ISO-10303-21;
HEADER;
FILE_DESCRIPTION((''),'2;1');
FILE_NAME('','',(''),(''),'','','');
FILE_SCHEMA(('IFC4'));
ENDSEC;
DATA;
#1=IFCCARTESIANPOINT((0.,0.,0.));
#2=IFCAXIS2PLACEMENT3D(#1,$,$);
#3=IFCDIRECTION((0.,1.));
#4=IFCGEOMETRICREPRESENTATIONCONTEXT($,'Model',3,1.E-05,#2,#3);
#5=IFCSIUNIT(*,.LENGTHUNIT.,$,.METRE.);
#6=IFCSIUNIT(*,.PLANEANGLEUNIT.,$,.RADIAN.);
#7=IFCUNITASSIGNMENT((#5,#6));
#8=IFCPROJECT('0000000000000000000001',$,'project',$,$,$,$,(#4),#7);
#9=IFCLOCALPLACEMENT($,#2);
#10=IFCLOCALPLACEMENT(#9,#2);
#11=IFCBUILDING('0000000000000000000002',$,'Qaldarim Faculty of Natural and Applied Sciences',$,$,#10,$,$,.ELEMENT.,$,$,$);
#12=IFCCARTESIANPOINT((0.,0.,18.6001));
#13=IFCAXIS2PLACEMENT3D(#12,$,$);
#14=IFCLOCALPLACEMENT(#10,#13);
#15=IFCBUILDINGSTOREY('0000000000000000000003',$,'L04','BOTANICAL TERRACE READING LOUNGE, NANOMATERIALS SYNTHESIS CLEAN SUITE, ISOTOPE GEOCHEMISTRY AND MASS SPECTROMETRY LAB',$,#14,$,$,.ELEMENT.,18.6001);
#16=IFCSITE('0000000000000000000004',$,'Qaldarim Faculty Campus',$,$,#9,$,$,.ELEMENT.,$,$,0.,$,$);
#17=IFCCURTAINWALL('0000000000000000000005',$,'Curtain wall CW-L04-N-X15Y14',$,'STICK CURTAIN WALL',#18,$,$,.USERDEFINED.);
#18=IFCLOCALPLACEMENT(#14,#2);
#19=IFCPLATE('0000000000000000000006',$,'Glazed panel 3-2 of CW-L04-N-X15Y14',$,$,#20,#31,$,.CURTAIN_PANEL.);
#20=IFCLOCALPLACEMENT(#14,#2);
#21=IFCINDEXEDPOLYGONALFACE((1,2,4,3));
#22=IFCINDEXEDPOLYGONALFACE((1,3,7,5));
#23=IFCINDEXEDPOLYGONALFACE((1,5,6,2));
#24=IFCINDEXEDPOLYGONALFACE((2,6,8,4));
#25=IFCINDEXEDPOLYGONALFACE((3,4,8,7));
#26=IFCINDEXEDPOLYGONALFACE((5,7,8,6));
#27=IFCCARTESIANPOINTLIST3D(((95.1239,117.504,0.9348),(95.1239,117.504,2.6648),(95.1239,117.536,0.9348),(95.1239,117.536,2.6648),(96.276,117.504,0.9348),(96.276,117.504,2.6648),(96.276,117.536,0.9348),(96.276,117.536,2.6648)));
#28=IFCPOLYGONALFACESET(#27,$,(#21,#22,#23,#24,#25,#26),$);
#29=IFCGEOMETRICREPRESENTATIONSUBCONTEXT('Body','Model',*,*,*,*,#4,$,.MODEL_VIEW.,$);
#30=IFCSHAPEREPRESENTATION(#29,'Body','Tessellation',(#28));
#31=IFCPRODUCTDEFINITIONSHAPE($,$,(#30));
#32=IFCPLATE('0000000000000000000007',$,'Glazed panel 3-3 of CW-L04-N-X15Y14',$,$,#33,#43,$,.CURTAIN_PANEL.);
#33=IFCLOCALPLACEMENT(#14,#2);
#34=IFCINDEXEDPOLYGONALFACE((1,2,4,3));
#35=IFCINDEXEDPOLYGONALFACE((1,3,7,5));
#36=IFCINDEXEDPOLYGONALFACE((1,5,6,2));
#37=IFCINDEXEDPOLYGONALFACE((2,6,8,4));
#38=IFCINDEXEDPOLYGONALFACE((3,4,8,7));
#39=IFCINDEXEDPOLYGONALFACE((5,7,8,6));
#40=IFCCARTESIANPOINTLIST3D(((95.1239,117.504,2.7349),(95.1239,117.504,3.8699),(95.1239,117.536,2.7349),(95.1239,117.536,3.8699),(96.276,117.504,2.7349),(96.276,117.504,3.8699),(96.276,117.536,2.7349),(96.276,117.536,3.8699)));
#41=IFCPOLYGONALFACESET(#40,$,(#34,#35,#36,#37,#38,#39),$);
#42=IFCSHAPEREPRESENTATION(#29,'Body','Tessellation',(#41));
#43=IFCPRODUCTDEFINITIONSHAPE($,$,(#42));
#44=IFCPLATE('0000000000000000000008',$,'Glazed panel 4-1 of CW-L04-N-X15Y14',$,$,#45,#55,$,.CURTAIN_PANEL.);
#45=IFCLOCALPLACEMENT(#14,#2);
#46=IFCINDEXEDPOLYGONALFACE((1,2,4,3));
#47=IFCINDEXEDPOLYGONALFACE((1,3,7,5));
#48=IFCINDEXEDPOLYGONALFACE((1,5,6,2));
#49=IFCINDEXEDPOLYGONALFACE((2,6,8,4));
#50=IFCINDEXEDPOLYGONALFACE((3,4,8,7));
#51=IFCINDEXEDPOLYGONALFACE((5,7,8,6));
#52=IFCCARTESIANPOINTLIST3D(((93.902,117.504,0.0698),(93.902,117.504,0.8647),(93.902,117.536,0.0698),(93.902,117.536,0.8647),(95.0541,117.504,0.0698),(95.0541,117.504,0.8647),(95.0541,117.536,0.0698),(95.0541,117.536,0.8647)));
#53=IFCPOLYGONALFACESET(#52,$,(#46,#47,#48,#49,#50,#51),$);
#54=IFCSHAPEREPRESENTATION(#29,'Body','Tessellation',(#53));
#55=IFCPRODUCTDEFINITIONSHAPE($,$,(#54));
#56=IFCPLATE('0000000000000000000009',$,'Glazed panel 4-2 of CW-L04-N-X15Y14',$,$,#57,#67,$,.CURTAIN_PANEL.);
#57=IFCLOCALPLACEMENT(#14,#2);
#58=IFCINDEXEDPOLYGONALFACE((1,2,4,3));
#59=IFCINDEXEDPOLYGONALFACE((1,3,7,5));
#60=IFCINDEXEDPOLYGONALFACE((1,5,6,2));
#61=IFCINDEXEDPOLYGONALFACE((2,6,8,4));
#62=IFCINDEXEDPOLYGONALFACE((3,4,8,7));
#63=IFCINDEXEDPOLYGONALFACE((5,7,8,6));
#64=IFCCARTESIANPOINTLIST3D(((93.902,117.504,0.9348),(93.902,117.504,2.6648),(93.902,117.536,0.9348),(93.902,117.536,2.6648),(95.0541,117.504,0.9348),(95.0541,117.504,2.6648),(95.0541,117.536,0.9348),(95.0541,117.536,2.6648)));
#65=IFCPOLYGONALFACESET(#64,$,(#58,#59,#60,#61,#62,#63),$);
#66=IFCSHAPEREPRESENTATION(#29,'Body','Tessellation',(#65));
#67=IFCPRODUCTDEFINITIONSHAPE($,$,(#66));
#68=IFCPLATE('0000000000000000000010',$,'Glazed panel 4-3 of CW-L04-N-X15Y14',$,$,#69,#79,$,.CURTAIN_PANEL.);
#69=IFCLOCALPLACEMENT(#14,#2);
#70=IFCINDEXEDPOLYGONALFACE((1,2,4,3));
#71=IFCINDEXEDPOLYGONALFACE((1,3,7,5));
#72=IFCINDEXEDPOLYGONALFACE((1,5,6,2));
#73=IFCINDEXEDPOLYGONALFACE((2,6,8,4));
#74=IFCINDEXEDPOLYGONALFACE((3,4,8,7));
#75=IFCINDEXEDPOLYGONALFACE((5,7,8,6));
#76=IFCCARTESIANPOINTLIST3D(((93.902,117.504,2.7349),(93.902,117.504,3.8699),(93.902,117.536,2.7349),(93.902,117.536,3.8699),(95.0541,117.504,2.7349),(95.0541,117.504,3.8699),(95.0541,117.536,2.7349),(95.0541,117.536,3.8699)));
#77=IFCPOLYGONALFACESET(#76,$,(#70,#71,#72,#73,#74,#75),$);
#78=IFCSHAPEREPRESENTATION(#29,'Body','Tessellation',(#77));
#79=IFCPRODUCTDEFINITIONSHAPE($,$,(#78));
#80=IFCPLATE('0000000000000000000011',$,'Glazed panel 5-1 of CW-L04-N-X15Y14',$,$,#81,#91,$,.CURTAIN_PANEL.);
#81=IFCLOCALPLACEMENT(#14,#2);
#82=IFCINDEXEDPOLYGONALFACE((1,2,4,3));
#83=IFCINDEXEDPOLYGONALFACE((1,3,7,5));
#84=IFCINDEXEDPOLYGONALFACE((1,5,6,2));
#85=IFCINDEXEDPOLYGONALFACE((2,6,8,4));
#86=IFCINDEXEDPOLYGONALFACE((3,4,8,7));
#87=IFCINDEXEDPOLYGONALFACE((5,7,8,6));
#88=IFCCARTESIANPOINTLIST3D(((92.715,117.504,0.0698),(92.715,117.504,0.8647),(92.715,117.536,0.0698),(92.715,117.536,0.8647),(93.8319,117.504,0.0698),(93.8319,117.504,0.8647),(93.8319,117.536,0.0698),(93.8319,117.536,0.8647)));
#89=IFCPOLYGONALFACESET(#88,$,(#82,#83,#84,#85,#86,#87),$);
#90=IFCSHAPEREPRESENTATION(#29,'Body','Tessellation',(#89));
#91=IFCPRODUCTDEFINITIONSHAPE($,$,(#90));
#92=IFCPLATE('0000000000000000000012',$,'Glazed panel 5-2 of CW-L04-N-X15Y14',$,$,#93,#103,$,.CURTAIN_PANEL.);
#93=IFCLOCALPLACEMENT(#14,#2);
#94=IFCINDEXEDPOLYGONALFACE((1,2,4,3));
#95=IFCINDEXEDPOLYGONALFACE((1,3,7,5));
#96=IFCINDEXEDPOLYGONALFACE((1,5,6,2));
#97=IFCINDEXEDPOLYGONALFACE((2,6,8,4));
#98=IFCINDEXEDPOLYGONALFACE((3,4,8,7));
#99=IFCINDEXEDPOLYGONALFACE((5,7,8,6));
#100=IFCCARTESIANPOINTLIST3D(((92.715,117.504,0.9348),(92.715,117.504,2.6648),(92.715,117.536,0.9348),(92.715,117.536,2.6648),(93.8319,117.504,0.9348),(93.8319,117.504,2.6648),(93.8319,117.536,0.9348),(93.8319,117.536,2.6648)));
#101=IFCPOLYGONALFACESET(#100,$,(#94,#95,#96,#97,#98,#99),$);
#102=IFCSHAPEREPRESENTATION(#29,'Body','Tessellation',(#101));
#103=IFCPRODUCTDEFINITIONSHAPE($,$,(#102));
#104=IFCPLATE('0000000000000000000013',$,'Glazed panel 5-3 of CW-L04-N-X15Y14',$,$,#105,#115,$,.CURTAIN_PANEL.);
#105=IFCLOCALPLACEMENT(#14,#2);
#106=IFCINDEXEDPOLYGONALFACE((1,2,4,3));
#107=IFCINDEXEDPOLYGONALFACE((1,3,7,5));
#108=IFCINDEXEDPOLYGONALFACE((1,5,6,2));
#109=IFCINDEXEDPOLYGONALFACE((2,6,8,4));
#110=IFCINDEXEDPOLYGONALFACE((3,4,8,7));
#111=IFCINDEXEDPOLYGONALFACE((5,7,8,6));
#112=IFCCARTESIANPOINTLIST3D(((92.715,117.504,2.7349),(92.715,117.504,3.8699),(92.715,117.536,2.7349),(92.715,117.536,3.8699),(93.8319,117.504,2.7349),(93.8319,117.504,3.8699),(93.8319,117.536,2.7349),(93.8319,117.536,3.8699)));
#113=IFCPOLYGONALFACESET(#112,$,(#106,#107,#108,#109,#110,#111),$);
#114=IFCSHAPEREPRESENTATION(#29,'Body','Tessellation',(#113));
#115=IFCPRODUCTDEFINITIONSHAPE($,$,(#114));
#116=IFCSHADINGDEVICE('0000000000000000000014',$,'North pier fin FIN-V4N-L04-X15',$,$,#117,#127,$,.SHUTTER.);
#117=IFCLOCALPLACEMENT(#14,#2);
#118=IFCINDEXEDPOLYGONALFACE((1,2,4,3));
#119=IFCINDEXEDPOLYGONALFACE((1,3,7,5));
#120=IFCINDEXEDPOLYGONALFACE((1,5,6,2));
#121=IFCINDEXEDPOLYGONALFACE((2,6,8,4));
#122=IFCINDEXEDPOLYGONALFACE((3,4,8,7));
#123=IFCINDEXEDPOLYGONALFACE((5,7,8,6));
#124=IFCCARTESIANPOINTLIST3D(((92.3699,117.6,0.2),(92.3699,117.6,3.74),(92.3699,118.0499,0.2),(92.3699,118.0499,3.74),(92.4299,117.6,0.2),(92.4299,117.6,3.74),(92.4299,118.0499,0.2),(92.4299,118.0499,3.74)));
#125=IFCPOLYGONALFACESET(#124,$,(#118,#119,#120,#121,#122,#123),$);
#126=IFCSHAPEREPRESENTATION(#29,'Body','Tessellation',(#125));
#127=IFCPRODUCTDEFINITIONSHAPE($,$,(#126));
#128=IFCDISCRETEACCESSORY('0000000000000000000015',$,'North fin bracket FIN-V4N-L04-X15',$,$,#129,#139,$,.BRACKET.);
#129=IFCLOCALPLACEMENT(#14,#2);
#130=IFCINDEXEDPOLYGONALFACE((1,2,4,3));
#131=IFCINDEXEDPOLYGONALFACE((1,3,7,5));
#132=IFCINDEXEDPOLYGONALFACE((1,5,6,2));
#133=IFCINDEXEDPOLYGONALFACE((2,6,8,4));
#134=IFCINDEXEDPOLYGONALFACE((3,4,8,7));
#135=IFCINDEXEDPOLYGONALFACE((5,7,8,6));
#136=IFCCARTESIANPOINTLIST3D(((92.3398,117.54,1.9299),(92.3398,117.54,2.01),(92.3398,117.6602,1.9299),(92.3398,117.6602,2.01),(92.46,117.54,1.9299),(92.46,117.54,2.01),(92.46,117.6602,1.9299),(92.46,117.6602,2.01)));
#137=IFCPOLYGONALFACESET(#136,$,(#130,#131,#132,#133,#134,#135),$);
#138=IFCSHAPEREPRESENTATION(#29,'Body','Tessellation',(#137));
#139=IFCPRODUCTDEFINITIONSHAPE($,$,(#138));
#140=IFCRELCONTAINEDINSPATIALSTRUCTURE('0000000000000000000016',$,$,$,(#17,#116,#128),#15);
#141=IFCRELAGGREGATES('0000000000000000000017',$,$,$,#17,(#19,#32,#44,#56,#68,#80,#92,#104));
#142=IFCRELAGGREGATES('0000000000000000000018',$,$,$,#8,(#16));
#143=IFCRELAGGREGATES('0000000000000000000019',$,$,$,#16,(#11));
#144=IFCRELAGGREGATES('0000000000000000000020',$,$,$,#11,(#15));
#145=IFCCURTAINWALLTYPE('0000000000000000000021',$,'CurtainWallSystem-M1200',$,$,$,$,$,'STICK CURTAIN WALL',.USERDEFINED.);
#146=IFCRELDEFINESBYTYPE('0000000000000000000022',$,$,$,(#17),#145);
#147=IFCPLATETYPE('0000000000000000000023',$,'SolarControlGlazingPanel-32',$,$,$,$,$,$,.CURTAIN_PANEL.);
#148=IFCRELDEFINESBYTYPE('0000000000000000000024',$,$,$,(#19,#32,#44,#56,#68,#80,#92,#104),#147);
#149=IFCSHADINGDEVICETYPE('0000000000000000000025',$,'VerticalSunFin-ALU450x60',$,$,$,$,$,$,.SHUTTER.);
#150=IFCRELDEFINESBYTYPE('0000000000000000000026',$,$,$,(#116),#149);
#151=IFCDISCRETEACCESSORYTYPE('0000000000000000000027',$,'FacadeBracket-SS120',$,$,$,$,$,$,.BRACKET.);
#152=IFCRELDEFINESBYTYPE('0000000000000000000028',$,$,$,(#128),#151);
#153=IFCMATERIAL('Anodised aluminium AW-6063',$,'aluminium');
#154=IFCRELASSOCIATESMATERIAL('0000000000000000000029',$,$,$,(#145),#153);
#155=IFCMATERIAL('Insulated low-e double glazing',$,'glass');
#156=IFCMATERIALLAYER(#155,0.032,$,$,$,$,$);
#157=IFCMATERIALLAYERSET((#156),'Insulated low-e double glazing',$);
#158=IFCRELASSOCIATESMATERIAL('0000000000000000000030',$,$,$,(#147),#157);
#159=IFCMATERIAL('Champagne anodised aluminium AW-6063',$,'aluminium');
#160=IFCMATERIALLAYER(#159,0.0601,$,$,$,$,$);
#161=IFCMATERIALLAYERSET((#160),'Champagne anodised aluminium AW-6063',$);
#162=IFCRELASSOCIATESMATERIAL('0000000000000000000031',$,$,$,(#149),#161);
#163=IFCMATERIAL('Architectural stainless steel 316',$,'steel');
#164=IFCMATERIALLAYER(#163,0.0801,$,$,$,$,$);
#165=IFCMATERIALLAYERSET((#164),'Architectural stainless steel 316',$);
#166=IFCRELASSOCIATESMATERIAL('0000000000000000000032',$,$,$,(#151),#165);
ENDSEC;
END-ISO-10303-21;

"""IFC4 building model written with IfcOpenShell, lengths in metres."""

from ifc_helpers import new_model, si_unit, direction, frame, origin, origin_2d, place, context, subcontext, project, spatial, rectangle, extrude, material, layer, layer_set, type_object, element, aggregate, save


model = new_model("IFC4")

# Units and contexts
model_context = context("Model", 3, precision=1e-05, world=origin(), true_north=direction((0.0, 1.0)))
body_context = subcontext(model_context, "Body", "Model", "MODEL_VIEW")
ifc_project = project(units=[si_unit("LENGTHUNIT", "METRE"), si_unit("PLANEANGLEUNIT", "RADIAN")], contexts=[model_context])

# Site, building, storey
site_placement = place(None, origin())
site = spatial("IfcSite", under=ifc_project, at=site_placement, Name="Qaldarim Faculty Campus", CompositionType="ELEMENT", RefElevation=0.0)
building_placement = place(site_placement, origin())
building = spatial("IfcBuilding", under=site, at=building_placement, Name="Qaldarim Faculty of Natural and Applied Sciences", CompositionType="ELEMENT")
storey_placement = place(building_placement, frame((0.0, 0.0, 18.6001)))
storey = spatial("IfcBuildingStorey", under=building, at=storey_placement, Name="L04", Description="BOTANICAL TERRACE READING LOUNGE, NANOMATERIALS SYNTHESIS CLEAN SUITE, ISOTOPE GEOCHEMISTRY AND MASS SPECTROMETRY LAB", CompositionType="ELEMENT", Elevation=18.6001)

# Curtain wall
ifc_material_1 = material(Name="Anodised aluminium AW-6063", Category="aluminium")
curtain_wall_type = type_object("IfcCurtainWallType", Name="CurtainWallSystem-M1200", ElementType="STICK CURTAIN WALL", PredefinedType="USERDEFINED", material=ifc_material_1)
curtain_wall_placement = place(storey_placement, origin())
curtain_wall = element("IfcCurtainWall", 1, at=curtain_wall_placement, inside=storey, type_object=curtain_wall_type, Name="Curtain wall CW-L04-N-X15Y14", ObjectType="STICK CURTAIN WALL", PredefinedType="USERDEFINED")

# Plates
ifc_material_2 = material(Name="Insulated low-e double glazing", Category="glass")
ifc_layer_1 = layer(ifc_material_2, 0.032)
ifc_layer_set_1 = layer_set([ifc_layer_1], Name="Insulated low-e double glazing")
plate_type = type_object("IfcPlateType", Name="SolarControlGlazingPanel-32", PredefinedType="CURTAIN_PANEL", material=ifc_layer_set_1)
plate_1_placement = place(storey_placement, frame((95.7, 117.52, 0.9348), z_axis=(0.0, 0.0, 1.0), x_axis=(-1.0, 0.0, 0.0)))
plate_1 = element("IfcPlate", 2, at=plate_1_placement, type_object=plate_type, Name="Glazed panel 3-2 of CW-L04-N-X15Y14", PredefinedType="CURTAIN_PANEL", context=body_context, shape_type="SweptSolid", body=[
    extrude(rectangle(XDim=1.1521, YDim=0.032, at=origin_2d()), origin(), (0.0, 0.0, 1.0), 1.73),
])
plate_2_placement = place(storey_placement, frame((95.7, 117.52, 2.7349), z_axis=(0.0, 0.0, 1.0), x_axis=(-1.0, 0.0, 0.0)))
plate_2 = element("IfcPlate", 3, at=plate_2_placement, type_object=plate_type, Name="Glazed panel 3-3 of CW-L04-N-X15Y14", PredefinedType="CURTAIN_PANEL", context=body_context, shape_type="SweptSolid", body=[
    extrude(rectangle(XDim=1.1521, YDim=0.032, at=origin_2d()), origin(), (0.0, 0.0, 1.0), 1.135),
])
plate_3_placement = place(storey_placement, frame((94.478, 117.52, 0.0698), z_axis=(0.0, 0.0, 1.0), x_axis=(-1.0, 0.0, 0.0)))
plate_3 = element("IfcPlate", 4, at=plate_3_placement, type_object=plate_type, Name="Glazed panel 4-1 of CW-L04-N-X15Y14", PredefinedType="CURTAIN_PANEL", context=body_context, shape_type="SweptSolid", body=[
    extrude(rectangle(XDim=1.1521, YDim=0.032, at=origin_2d()), origin(), (0.0, 0.0, 1.0), 0.7949),
])
plate_4_placement = place(storey_placement, frame((94.478, 117.52, 0.9348), z_axis=(0.0, 0.0, 1.0), x_axis=(-1.0, 0.0, 0.0)))
plate_4 = element("IfcPlate", 5, at=plate_4_placement, type_object=plate_type, Name="Glazed panel 4-2 of CW-L04-N-X15Y14", PredefinedType="CURTAIN_PANEL", context=body_context, shape_type="SweptSolid", body=[
    extrude(rectangle(XDim=1.1521, YDim=0.032, at=origin_2d()), origin(), (0.0, 0.0, 1.0), 1.73),
])
plate_5_placement = place(storey_placement, frame((94.478, 117.52, 2.7349), z_axis=(0.0, 0.0, 1.0), x_axis=(-1.0, 0.0, 0.0)))
plate_5 = element("IfcPlate", 6, at=plate_5_placement, type_object=plate_type, Name="Glazed panel 4-3 of CW-L04-N-X15Y14", PredefinedType="CURTAIN_PANEL", context=body_context, shape_type="SweptSolid", body=[
    extrude(rectangle(XDim=1.1521, YDim=0.032, at=origin_2d()), origin(), (0.0, 0.0, 1.0), 1.135),
])
plate_6_placement = place(storey_placement, frame((93.2734, 117.52, 0.0698), z_axis=(0.0, 0.0, 1.0), x_axis=(-1.0, 0.0, 0.0)))
plate_6 = element("IfcPlate", 7, at=plate_6_placement, type_object=plate_type, Name="Glazed panel 5-1 of CW-L04-N-X15Y14", PredefinedType="CURTAIN_PANEL", context=body_context, shape_type="SweptSolid", body=[
    extrude(rectangle(XDim=1.1169, YDim=0.032, at=origin_2d()), origin(), (0.0, 0.0, 1.0), 0.7949),
])
plate_7_placement = place(storey_placement, frame((93.2734, 117.52, 0.9348), z_axis=(0.0, 0.0, 1.0), x_axis=(-1.0, 0.0, 0.0)))
plate_7 = element("IfcPlate", 8, at=plate_7_placement, type_object=plate_type, Name="Glazed panel 5-2 of CW-L04-N-X15Y14", PredefinedType="CURTAIN_PANEL", context=body_context, shape_type="SweptSolid", body=[
    extrude(rectangle(XDim=1.1169, YDim=0.032, at=origin_2d()), origin(), (0.0, 0.0, 1.0), 1.73),
])
plate_8_placement = place(storey_placement, frame((93.2734, 117.52, 2.7349), z_axis=(0.0, 0.0, 1.0), x_axis=(-1.0, 0.0, 0.0)))
plate_8 = element("IfcPlate", 9, at=plate_8_placement, type_object=plate_type, Name="Glazed panel 5-3 of CW-L04-N-X15Y14", PredefinedType="CURTAIN_PANEL", context=body_context, shape_type="SweptSolid", body=[
    extrude(rectangle(XDim=1.1169, YDim=0.032, at=origin_2d()), origin(), (0.0, 0.0, 1.0), 1.135),
])
aggregate(curtain_wall, [plate_1, plate_2, plate_3, plate_4, plate_5, plate_6, plate_7, plate_8])

# Shading device
ifc_material_3 = material(Name="Champagne anodised aluminium AW-6063", Category="aluminium")
ifc_layer_2 = layer(ifc_material_3, 0.0601)
ifc_layer_set_2 = layer_set([ifc_layer_2], Name="Champagne anodised aluminium AW-6063")
shading_device_type = type_object("IfcShadingDeviceType", Name="VerticalSunFin-ALU450x60", PredefinedType="SHUTTER", material=ifc_layer_set_2)
shading_device_placement = place(storey_placement, frame((92.3999, 117.825, 0.2), z_axis=(0.0, 0.0, 1.0), x_axis=(1.0, 0.0, 0.0)))
element("IfcShadingDevice", 10, at=shading_device_placement, inside=storey, type_object=shading_device_type, Name="North pier fin FIN-V4N-L04-X15", PredefinedType="SHUTTER", context=body_context, shape_type="SweptSolid", body=[
    extrude(rectangle(XDim=0.0601, YDim=0.45, at=origin_2d()), origin(), (0.0, 0.0, 1.0), 3.54),
])

# Discrete accessory
ifc_material_4 = material(Name="Architectural stainless steel 316", Category="steel")
ifc_layer_3 = layer(ifc_material_4, 0.0801)
ifc_layer_set_3 = layer_set([ifc_layer_3], Name="Architectural stainless steel 316")
discrete_accessory_type = type_object("IfcDiscreteAccessoryType", Name="FacadeBracket-SS120", PredefinedType="BRACKET", material=ifc_layer_set_3)
discrete_accessory_placement = place(storey_placement, frame((92.3999, 117.6001, 1.9299), z_axis=(0.0, 0.0, 1.0), x_axis=(1.0, 0.0, 0.0)))
element("IfcDiscreteAccessory", 11, at=discrete_accessory_placement, inside=storey, type_object=discrete_accessory_type, Name="North fin bracket FIN-V4N-L04-X15", PredefinedType="BRACKET", context=body_context, shape_type="SweptSolid", body=[
    extrude(rectangle(XDim=0.1201, YDim=0.1201, at=origin_2d()), origin(), (0.0, 0.0, 1.0), 0.0801),
])

save(model, "model.ifc")
